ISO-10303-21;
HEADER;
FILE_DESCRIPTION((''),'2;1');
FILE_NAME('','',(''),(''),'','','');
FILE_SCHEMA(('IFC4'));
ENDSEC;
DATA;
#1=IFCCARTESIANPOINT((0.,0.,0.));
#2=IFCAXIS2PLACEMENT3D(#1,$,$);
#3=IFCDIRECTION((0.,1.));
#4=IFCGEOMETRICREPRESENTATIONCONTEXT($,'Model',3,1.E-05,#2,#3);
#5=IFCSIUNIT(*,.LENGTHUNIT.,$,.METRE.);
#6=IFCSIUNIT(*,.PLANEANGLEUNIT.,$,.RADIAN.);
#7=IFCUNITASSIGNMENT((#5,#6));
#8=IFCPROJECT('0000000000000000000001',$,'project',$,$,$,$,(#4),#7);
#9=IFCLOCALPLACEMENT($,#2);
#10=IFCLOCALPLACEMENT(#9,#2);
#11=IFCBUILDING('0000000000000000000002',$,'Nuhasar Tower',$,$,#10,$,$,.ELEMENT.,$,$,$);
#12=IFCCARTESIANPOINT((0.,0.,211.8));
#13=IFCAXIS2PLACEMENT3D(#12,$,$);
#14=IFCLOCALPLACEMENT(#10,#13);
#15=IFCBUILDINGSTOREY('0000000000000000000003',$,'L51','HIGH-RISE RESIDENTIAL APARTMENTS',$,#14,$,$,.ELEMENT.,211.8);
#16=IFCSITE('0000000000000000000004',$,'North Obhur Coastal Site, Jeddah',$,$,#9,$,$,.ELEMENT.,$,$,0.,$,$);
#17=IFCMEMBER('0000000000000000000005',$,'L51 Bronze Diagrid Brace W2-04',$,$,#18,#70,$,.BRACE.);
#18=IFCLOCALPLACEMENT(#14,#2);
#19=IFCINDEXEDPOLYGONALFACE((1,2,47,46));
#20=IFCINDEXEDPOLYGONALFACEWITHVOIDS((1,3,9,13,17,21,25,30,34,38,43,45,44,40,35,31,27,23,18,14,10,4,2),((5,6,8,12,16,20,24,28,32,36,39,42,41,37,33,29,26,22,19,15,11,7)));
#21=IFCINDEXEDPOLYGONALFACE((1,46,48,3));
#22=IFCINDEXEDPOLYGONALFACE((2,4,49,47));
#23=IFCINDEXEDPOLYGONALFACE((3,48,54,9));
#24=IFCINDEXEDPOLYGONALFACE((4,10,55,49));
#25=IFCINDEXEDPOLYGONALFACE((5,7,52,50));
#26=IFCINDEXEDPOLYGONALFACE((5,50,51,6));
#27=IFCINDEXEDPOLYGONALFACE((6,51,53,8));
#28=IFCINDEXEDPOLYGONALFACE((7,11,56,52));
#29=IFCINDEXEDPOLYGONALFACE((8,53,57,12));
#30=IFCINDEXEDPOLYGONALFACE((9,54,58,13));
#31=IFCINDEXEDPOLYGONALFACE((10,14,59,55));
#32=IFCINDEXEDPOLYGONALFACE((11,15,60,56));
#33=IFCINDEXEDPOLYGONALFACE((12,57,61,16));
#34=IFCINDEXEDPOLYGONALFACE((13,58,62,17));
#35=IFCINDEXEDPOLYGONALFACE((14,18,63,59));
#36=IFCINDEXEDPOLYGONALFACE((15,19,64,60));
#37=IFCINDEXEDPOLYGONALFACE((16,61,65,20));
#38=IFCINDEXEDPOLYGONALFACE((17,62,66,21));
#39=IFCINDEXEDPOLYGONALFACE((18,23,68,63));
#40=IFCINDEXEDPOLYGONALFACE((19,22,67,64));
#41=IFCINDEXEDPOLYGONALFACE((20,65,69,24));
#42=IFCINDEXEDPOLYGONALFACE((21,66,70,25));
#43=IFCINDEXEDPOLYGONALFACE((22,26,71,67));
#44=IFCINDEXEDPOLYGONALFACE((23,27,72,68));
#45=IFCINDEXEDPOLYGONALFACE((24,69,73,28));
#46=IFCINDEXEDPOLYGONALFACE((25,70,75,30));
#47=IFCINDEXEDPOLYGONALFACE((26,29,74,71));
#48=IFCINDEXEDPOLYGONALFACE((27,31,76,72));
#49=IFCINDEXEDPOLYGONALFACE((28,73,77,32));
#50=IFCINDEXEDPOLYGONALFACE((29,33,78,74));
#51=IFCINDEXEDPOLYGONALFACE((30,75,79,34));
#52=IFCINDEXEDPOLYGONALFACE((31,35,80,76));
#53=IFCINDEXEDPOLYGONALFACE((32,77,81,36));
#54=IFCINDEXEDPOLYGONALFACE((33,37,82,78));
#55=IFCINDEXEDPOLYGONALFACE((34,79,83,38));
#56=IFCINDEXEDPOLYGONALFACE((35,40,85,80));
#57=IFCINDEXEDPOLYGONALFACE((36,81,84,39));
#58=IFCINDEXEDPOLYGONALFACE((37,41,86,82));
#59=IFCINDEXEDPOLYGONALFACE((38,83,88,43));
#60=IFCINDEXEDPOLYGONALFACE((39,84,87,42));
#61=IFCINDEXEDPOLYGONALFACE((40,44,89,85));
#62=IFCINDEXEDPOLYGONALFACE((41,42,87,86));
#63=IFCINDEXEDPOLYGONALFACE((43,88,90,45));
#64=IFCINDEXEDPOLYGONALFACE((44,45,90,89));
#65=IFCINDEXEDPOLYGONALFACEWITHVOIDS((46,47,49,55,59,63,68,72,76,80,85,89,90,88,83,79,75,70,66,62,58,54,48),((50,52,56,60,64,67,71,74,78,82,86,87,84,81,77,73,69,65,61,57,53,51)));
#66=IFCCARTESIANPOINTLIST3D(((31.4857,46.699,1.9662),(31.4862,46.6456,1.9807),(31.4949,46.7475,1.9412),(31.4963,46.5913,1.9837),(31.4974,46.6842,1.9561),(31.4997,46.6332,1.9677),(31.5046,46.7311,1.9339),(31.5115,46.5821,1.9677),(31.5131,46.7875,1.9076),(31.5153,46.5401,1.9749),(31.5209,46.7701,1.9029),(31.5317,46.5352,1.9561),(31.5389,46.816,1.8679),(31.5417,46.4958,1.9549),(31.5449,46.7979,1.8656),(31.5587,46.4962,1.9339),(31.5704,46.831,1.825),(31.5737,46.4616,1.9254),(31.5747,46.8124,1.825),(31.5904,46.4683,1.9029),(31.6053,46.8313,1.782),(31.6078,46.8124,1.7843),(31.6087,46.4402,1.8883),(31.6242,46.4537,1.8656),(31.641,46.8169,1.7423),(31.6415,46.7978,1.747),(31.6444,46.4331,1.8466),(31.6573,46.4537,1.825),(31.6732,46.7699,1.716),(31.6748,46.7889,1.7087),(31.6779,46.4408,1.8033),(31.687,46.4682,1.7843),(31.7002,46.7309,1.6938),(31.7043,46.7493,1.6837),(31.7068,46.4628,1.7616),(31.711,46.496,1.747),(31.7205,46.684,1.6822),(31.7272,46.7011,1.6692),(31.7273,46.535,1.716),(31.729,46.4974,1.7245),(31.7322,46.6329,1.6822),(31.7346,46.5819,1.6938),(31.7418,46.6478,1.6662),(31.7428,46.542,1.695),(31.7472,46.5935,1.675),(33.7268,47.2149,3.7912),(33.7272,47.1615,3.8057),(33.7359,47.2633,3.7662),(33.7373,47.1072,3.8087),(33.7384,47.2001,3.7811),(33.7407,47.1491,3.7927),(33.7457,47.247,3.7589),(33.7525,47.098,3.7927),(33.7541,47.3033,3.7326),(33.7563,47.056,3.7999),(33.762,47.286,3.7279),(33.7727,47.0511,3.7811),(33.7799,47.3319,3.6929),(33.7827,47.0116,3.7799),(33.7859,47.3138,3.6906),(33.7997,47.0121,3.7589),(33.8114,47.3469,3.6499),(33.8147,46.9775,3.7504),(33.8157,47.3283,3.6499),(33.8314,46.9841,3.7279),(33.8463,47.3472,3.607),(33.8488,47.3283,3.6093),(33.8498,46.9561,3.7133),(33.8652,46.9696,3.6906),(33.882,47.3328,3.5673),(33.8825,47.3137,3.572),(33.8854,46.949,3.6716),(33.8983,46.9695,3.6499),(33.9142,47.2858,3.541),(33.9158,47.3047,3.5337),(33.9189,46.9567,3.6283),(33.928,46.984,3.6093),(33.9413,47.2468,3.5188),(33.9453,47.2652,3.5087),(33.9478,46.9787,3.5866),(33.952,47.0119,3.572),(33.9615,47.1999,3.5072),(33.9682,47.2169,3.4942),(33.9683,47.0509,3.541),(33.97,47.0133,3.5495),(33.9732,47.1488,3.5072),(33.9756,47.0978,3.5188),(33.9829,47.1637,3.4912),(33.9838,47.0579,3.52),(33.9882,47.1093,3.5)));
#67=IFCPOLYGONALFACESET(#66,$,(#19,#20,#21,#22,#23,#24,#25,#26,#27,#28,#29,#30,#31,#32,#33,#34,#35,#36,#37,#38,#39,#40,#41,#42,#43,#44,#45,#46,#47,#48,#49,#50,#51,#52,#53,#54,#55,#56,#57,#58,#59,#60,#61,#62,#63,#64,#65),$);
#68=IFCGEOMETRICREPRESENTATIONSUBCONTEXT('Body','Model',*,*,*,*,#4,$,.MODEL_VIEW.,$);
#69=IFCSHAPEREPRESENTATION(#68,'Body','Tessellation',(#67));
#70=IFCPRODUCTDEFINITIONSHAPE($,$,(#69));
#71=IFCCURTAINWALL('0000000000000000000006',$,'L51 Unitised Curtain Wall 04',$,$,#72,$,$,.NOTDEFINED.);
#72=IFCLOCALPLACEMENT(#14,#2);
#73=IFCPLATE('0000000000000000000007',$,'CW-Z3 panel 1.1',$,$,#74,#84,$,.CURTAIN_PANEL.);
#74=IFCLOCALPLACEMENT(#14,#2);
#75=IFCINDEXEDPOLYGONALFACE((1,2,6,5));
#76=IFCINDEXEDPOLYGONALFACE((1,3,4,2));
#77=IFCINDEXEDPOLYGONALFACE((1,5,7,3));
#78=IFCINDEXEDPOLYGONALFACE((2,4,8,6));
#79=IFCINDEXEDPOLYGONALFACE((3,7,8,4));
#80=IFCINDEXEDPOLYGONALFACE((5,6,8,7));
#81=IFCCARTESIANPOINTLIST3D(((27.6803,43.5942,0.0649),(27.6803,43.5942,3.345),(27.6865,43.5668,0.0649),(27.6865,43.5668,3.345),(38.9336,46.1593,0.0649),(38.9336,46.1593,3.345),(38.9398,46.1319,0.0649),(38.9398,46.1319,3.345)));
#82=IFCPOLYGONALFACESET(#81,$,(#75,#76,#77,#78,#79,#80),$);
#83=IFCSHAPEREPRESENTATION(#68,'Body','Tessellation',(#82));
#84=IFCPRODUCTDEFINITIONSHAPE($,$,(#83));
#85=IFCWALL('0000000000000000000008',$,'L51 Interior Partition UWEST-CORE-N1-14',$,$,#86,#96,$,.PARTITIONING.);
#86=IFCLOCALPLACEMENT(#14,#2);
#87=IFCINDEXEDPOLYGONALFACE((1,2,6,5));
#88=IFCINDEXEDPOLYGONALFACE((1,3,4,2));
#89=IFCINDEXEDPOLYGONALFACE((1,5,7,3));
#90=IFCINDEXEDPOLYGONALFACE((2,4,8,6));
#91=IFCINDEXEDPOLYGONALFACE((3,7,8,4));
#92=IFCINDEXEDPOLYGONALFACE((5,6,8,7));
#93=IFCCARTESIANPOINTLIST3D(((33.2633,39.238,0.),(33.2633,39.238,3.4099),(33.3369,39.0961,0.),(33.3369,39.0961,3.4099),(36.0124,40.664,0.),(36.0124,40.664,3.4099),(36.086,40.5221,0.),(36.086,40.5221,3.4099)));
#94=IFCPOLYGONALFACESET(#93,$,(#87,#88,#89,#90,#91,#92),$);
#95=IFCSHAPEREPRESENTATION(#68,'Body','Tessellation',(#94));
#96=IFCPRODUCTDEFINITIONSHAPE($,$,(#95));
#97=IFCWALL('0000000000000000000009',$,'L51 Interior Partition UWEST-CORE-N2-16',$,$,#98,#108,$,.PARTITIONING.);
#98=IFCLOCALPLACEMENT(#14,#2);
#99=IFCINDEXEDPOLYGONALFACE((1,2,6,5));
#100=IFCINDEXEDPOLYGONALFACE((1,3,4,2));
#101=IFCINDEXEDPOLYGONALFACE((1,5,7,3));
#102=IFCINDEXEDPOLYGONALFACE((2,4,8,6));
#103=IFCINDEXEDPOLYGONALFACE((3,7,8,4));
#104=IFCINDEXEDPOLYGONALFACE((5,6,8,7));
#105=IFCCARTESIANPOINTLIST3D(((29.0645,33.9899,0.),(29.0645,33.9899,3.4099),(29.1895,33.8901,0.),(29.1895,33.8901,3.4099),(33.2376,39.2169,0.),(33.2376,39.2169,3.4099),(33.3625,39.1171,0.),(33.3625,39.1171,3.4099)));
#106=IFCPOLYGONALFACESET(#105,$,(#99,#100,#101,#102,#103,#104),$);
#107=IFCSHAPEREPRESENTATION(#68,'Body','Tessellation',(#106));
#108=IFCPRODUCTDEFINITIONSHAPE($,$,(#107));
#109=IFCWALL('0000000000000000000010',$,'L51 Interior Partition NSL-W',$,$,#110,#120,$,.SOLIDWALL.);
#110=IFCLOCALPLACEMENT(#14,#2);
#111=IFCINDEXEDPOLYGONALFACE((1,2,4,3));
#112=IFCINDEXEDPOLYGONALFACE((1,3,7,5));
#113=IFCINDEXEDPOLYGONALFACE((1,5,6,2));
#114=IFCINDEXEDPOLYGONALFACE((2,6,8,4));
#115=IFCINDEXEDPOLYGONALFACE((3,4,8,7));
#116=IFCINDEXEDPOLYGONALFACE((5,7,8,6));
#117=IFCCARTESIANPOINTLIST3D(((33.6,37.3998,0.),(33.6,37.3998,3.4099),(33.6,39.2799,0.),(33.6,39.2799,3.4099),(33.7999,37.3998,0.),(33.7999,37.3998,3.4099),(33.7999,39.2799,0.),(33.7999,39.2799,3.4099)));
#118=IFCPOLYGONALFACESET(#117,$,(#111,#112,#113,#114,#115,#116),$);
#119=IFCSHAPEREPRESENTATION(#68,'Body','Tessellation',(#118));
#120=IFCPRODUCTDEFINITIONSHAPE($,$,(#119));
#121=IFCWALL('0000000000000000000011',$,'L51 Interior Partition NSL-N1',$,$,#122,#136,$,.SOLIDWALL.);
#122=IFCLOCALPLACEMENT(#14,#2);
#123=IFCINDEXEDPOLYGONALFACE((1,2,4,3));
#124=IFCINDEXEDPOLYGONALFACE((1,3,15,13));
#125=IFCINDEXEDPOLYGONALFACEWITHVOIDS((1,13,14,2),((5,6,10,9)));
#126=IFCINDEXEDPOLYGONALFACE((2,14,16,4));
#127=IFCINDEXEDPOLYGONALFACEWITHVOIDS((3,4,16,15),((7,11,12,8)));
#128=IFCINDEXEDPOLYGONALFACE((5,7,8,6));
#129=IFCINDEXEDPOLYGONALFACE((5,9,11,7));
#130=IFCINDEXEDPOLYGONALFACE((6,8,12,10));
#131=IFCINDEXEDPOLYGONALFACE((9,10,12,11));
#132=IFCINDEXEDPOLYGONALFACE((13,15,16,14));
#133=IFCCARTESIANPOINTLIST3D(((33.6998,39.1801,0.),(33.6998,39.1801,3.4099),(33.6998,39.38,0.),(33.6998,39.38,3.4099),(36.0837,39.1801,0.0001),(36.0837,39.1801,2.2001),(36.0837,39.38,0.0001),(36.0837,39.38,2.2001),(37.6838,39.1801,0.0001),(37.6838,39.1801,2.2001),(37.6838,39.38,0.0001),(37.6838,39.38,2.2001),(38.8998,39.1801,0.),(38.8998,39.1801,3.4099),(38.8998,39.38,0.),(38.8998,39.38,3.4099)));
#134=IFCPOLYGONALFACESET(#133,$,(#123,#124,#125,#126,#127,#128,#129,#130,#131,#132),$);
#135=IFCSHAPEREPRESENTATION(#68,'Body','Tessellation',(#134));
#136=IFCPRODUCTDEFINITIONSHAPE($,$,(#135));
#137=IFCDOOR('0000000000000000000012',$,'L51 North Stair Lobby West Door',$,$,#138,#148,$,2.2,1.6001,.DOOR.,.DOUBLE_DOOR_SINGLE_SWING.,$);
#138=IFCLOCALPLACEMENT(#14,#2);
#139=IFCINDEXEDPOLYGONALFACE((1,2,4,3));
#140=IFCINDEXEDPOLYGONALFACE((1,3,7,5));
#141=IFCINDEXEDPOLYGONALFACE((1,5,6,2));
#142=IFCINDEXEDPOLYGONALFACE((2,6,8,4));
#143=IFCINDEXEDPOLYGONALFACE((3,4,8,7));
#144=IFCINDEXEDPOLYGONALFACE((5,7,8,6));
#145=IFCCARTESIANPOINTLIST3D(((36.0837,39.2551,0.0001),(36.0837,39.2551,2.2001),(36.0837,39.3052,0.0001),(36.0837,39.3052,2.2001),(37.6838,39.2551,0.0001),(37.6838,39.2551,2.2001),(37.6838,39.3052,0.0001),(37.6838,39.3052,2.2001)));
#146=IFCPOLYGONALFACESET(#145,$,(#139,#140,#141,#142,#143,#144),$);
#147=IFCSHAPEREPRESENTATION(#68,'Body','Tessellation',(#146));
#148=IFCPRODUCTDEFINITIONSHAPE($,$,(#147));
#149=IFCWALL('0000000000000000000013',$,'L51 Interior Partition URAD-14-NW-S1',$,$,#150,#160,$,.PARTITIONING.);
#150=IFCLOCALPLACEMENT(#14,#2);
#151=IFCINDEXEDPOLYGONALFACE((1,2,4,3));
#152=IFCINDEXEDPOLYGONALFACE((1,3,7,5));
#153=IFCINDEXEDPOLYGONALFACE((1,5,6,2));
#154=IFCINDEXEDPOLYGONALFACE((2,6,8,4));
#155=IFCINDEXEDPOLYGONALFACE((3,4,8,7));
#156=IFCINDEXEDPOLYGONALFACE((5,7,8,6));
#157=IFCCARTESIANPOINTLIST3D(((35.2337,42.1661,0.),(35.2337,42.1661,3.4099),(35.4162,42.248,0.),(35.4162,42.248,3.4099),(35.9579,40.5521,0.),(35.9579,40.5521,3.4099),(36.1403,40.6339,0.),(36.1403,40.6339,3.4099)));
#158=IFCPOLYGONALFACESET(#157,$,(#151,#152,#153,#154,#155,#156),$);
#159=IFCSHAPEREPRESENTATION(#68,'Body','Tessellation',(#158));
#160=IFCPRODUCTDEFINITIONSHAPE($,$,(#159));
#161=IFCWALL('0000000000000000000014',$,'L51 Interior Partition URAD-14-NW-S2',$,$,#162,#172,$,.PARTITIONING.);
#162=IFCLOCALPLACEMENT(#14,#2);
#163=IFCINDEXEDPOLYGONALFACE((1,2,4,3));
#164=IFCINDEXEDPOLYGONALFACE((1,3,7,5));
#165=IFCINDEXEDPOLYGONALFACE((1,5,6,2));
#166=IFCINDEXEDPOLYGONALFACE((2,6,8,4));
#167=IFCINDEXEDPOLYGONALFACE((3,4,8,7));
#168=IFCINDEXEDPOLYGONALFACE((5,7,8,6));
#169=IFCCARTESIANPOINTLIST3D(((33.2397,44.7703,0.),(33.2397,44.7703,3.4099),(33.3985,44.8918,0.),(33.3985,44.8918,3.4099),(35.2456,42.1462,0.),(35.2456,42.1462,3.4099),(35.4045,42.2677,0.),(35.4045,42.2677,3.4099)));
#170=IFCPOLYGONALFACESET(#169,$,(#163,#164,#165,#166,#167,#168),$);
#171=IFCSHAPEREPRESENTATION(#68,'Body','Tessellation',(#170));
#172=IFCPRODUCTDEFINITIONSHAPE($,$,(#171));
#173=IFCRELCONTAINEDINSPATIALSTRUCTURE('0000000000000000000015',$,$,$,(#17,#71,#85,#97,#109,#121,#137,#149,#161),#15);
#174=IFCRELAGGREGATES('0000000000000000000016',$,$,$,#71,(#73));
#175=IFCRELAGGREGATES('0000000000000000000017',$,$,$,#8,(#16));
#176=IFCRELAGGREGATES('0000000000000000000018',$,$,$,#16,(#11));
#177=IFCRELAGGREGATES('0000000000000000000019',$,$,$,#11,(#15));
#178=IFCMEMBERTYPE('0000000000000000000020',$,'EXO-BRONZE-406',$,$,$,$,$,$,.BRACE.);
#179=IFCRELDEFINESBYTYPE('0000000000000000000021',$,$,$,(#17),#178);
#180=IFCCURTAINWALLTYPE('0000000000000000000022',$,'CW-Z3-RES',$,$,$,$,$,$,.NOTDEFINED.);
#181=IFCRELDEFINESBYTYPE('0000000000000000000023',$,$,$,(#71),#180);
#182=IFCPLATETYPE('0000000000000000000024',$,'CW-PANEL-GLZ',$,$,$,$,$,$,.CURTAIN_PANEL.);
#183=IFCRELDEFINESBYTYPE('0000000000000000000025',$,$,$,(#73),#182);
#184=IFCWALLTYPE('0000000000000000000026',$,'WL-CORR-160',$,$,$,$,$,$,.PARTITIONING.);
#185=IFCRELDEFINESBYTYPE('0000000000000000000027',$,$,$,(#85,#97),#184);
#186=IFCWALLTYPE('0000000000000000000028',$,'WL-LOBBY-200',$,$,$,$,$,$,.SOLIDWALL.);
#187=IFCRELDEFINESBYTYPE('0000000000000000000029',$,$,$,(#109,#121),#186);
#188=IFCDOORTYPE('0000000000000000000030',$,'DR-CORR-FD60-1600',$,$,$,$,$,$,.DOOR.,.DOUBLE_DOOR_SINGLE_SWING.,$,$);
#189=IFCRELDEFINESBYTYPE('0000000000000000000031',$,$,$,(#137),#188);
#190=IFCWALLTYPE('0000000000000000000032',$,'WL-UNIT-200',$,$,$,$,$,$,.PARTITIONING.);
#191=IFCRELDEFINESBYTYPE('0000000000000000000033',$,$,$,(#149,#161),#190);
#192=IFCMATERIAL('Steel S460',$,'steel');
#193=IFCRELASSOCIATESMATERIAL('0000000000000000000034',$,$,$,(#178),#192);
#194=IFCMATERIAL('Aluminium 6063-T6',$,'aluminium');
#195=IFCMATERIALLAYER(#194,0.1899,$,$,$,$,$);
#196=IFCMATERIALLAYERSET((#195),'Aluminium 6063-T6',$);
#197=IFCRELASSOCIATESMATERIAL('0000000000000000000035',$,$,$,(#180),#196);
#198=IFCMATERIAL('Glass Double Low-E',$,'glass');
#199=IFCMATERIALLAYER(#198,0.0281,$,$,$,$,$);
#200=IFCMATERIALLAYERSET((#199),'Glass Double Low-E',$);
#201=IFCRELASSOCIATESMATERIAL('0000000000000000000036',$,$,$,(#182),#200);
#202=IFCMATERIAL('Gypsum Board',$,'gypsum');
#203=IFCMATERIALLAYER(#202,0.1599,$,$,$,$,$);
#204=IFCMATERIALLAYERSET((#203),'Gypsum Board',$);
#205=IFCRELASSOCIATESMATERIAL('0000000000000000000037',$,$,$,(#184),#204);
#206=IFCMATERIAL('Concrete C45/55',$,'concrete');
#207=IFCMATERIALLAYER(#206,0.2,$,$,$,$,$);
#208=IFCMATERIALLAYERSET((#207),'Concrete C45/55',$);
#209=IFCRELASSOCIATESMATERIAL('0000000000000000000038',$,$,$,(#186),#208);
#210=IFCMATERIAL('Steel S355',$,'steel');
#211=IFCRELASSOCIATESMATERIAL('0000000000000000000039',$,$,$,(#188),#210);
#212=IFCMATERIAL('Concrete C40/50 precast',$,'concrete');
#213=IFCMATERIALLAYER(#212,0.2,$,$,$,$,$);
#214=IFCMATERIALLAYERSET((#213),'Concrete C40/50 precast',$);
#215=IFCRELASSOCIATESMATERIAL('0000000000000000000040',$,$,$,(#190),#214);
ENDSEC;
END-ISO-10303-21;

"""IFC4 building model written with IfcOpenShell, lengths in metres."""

from ifc_helpers import new_model, si_unit, direction, frame, frame_2d, origin, origin_2d, place, context, subcontext, project, spatial, rectangle, hollow_circle, extrude, material, layer, layer_set, material_profile, profile_set, type_object, element, fill, aggregate, save


model = new_model("IFC4")

# Units and contexts
model_context = context("Model", 3, precision=1e-05, world=origin(), true_north=direction((0.0, 1.0)))
body_context = subcontext(model_context, "Body", "Model", "MODEL_VIEW")
ifc_project = project(units=[si_unit("LENGTHUNIT", "METRE"), si_unit("PLANEANGLEUNIT", "RADIAN")], contexts=[model_context])

# Site, building, storey
site_placement = place(None, origin())
site = spatial("IfcSite", under=ifc_project, at=site_placement, Name="North Obhur Coastal Site, Jeddah", CompositionType="ELEMENT", RefElevation=0.0)
building_placement = place(site_placement, origin())
building = spatial("IfcBuilding", under=site, at=building_placement, Name="Nuhasar Tower", CompositionType="ELEMENT")
storey_placement = place(building_placement, frame((0.0, 0.0, 211.8)))
storey = spatial("IfcBuildingStorey", under=building, at=storey_placement, Name="L51", Description="HIGH-RISE RESIDENTIAL APARTMENTS", CompositionType="ELEMENT", Elevation=211.8)

# Shared definitions
ifc_material_1 = material(Name="Steel S355", Category="steel")

# Member
ifc_material_2 = material(Name="Steel S460", Category="steel")
ifc_material_profile_1 = material_profile(ifc_material_2, hollow_circle(Radius=0.2031, WallThickness=0.019, at=origin_2d()), Name="HSS406.4X19.1")
ifc_profile_set_1 = profile_set([ifc_material_profile_1], Name="Steel S460")
member_type = type_object("IfcMemberType", Name="EXO-BRONZE-406", PredefinedType="BRACE", material=ifc_profile_set_1)
for number, where, z_axis, x_axis, name in (
    (1, (31.616, 46.6331, 1.825), (0.763343, 0.175721, 0.621635), (-0.224332, 0.974513, 0.0), "L51 Bronze Diagrid Brace W2-04"),
):
    element("IfcMember", number, at=place(storey_placement, frame(where, z_axis=z_axis, x_axis=x_axis)), inside=storey, type_object=member_type, Name=name, PredefinedType="BRACE", context=body_context, shape_type="SweptSolid", body=[
        extrude(hollow_circle(Radius=0.2031, WallThickness=0.019, at=origin_2d()), origin(), (0.0, 0.0, 1.0), 2.9358),
    ])

# Curtain wall, plate
ifc_material_3 = material(Name="Aluminium 6063-T6", Category="aluminium")
ifc_layer_1 = layer(ifc_material_3, 0.1899)
ifc_layer_set_1 = layer_set([ifc_layer_1], Name="Aluminium 6063-T6")
curtain_wall_type = type_object("IfcCurtainWallType", Name="CW-Z3-RES", PredefinedType="NOTDEFINED", material=ifc_layer_set_1)
curtain_wall_placement = place(storey_placement, origin())
curtain_wall = element("IfcCurtainWall", 2, at=curtain_wall_placement, inside=storey, type_object=curtain_wall_type, Name="L51 Unitised Curtain Wall 04", PredefinedType="NOTDEFINED")
ifc_material_4 = material(Name="Glass Double Low-E", Category="glass")
ifc_layer_2 = layer(ifc_material_4, 0.0281)
ifc_layer_set_2 = layer_set([ifc_layer_2], Name="Glass Double Low-E")
plate_type = type_object("IfcPlateType", Name="CW-PANEL-GLZ", PredefinedType="CURTAIN_PANEL", material=ifc_layer_set_2)
plate_placement = place(storey_placement, frame((33.3101, 44.863, 0.0649), z_axis=(0.0, 0.0, 1.0), x_axis=(-0.974991, -0.222243, 0.0)))
plate = element("IfcPlate", 3, at=plate_placement, type_object=plate_type, Name="CW-Z3 panel 1.1", PredefinedType="CURTAIN_PANEL", context=body_context, shape_type="SweptSolid", body=[
    extrude(rectangle(XDim=11.542, YDim=0.0281, at=origin_2d()), origin(), (0.0, 0.0, 1.0), 3.28),
])
aggregate(curtain_wall, [plate])

# Walls
ifc_material_5 = material(Name="Gypsum Board", Category="gypsum")
ifc_layer_3 = layer(ifc_material_5, 0.1599)
ifc_layer_set_3 = layer_set([ifc_layer_3], Name="Gypsum Board")
wall_type_1 = type_object("IfcWallType", Name="WL-CORR-160", PredefinedType="PARTITIONING", material=ifc_layer_set_3)
wall_1_placement = place(storey_placement, frame((36.0491, 40.593, 0.0), z_axis=(0.0, 0.0, 1.0), x_axis=(-0.887675, -0.460471, 0.0)))
element("IfcWall", 4, at=wall_1_placement, inside=storey, type_object=wall_type_1, Name="L51 Interior Partition UWEST-CORE-N1-14", PredefinedType="PARTITIONING", context=body_context, shape_type="SweptSolid", body=[
    extrude(rectangle(XDim=3.0969, YDim=0.1599, at=frame_2d((1.5483, 0.0))), origin(), (0.0, 0.0, 1.0), 3.4099),
])
wall_2_placement = place(storey_placement, frame((33.3, 39.167, 0.0), z_axis=(0.0, 0.0, 1.0), x_axis=(-0.623916, -0.781492, 0.0)))
element("IfcWall", 5, at=wall_2_placement, inside=storey, type_object=wall_type_1, Name="L51 Interior Partition UWEST-CORE-N2-16", PredefinedType="PARTITIONING", context=body_context, shape_type="SweptSolid", body=[
    extrude(rectangle(XDim=6.6885, YDim=0.1599, at=frame_2d((3.3442, 0.0))), origin(), (0.0, 0.0, 1.0), 3.4099),
])
ifc_material_6 = material(Name="Concrete C45/55", Category="concrete")
ifc_layer_4 = layer(ifc_material_6, 0.2)
ifc_layer_set_4 = layer_set([ifc_layer_4], Name="Concrete C45/55")
wall_type_2 = type_object("IfcWallType", Name="WL-LOBBY-200", PredefinedType="SOLIDWALL", material=ifc_layer_set_4)
wall_3_placement = place(storey_placement, frame((33.7, 37.3999, 0.0), z_axis=(0.0, 0.0, 1.0), x_axis=(0.0, 1.0, 0.0)))
element("IfcWall", 6, at=wall_3_placement, inside=storey, type_object=wall_type_2, Name="L51 Interior Partition NSL-W", PredefinedType="SOLIDWALL", context=body_context, shape_type="SweptSolid", body=[
    extrude(rectangle(XDim=1.8801, YDim=0.2, at=frame_2d((0.9399, 0.0))), origin(), (0.0, 0.0, 1.0), 3.4099),
])

# Wall, opening, door
wall_4_placement = place(storey_placement, frame((38.8999, 39.28, 0.0), z_axis=(0.0, 0.0, 1.0), x_axis=(-1.0, 0.0, 0.0)))
wall_4 = element("IfcWall", 7, at=wall_4_placement, inside=storey, type_object=wall_type_2, Name="L51 Interior Partition NSL-N1", PredefinedType="SOLIDWALL", context=body_context, shape_type="SweptSolid", body=[
    extrude(rectangle(XDim=5.2, YDim=0.2, at=frame_2d((2.6001, 0.0))), origin(), (0.0, 0.0, 1.0), 3.4099),
])
opening_1_placement = place(wall_4_placement, frame((1.2161, 0.0, 0.0)))
opening_1 = element("IfcOpeningElement", 8, at=opening_1_placement, cuts=wall_4, PredefinedType="OPENING", context=body_context, shape_type="SweptSolid", body=[
    extrude(rectangle(XDim=1.6001, YDim=2.2, at=frame_2d((0.8, 1.1001))), frame((0.0, 0.1099, 0.0), z_axis=(0.0, -1.0, 0.0), x_axis=(1.0, 0.0, 0.0)), (0.0, 0.0, 1.0), 0.22),
])
door_type_1 = type_object("IfcDoorType", Name="DR-CORR-FD60-1600", OperationType="DOUBLE_DOOR_SINGLE_SWING", PredefinedType="DOOR", material=ifc_material_1)
door_1_placement = place(opening_1_placement, origin())
door_1 = element("IfcDoor", 9, at=door_1_placement, inside=storey, type_object=door_type_1, Name="L51 North Stair Lobby West Door", OperationType="DOUBLE_DOOR_SINGLE_SWING", OverallHeight=2.2, OverallWidth=1.6001, PredefinedType="DOOR", context=body_context, shape_type="SweptSolid", body=[
    extrude(rectangle(XDim=1.6001, YDim=2.2, at=frame_2d((0.8, 1.1001))), frame((0.0, 0.0249, 0.0), z_axis=(0.0, -1.0, 0.0), x_axis=(1.0, 0.0, 0.0)), (0.0, 0.0, 1.0), 0.05),
])
fill(opening_1, door_1)

# Walls
ifc_material_7 = material(Name="Concrete C40/50 precast", Category="concrete")
ifc_layer_5 = layer(ifc_material_7, 0.2)
ifc_layer_set_5 = layer_set([ifc_layer_5], Name="Concrete C40/50 precast")
wall_type_3 = type_object("IfcWallType", Name="WL-UNIT-200", PredefinedType="PARTITIONING", material=ifc_layer_set_5)
wall_5_placement = place(storey_placement, frame((36.0491, 40.593, 0.0), z_axis=(0.0, 0.0, 1.0), x_axis=(-0.409337, 0.912383, 0.0)))
element("IfcWall", 10, at=wall_5_placement, inside=storey, type_object=wall_type_3, Name="L51 Interior Partition URAD-14-NW-S1", PredefinedType="PARTITIONING", context=body_context, shape_type="SweptSolid", body=[
    extrude(rectangle(XDim=1.769, YDim=0.2, at=frame_2d((0.8845, 0.0))), origin(), (0.0, 0.0, 1.0), 3.4099),
])
wall_6_placement = place(storey_placement, frame((35.325, 42.207, 0.0), z_axis=(0.0, 0.0, 1.0), x_axis=(-0.607307, 0.794467, 0.0)))
element("IfcWall", 11, at=wall_6_placement, inside=storey, type_object=wall_type_3, Name="L51 Interior Partition URAD-14-NW-S2", PredefinedType="PARTITIONING", context=body_context, shape_type="SweptSolid", body=[
    extrude(rectangle(XDim=3.303, YDim=0.2, at=frame_2d((1.6514, 0.0))), origin(), (0.0, 0.0, 1.0), 3.4099),
])

save(model, "model.ifc")
